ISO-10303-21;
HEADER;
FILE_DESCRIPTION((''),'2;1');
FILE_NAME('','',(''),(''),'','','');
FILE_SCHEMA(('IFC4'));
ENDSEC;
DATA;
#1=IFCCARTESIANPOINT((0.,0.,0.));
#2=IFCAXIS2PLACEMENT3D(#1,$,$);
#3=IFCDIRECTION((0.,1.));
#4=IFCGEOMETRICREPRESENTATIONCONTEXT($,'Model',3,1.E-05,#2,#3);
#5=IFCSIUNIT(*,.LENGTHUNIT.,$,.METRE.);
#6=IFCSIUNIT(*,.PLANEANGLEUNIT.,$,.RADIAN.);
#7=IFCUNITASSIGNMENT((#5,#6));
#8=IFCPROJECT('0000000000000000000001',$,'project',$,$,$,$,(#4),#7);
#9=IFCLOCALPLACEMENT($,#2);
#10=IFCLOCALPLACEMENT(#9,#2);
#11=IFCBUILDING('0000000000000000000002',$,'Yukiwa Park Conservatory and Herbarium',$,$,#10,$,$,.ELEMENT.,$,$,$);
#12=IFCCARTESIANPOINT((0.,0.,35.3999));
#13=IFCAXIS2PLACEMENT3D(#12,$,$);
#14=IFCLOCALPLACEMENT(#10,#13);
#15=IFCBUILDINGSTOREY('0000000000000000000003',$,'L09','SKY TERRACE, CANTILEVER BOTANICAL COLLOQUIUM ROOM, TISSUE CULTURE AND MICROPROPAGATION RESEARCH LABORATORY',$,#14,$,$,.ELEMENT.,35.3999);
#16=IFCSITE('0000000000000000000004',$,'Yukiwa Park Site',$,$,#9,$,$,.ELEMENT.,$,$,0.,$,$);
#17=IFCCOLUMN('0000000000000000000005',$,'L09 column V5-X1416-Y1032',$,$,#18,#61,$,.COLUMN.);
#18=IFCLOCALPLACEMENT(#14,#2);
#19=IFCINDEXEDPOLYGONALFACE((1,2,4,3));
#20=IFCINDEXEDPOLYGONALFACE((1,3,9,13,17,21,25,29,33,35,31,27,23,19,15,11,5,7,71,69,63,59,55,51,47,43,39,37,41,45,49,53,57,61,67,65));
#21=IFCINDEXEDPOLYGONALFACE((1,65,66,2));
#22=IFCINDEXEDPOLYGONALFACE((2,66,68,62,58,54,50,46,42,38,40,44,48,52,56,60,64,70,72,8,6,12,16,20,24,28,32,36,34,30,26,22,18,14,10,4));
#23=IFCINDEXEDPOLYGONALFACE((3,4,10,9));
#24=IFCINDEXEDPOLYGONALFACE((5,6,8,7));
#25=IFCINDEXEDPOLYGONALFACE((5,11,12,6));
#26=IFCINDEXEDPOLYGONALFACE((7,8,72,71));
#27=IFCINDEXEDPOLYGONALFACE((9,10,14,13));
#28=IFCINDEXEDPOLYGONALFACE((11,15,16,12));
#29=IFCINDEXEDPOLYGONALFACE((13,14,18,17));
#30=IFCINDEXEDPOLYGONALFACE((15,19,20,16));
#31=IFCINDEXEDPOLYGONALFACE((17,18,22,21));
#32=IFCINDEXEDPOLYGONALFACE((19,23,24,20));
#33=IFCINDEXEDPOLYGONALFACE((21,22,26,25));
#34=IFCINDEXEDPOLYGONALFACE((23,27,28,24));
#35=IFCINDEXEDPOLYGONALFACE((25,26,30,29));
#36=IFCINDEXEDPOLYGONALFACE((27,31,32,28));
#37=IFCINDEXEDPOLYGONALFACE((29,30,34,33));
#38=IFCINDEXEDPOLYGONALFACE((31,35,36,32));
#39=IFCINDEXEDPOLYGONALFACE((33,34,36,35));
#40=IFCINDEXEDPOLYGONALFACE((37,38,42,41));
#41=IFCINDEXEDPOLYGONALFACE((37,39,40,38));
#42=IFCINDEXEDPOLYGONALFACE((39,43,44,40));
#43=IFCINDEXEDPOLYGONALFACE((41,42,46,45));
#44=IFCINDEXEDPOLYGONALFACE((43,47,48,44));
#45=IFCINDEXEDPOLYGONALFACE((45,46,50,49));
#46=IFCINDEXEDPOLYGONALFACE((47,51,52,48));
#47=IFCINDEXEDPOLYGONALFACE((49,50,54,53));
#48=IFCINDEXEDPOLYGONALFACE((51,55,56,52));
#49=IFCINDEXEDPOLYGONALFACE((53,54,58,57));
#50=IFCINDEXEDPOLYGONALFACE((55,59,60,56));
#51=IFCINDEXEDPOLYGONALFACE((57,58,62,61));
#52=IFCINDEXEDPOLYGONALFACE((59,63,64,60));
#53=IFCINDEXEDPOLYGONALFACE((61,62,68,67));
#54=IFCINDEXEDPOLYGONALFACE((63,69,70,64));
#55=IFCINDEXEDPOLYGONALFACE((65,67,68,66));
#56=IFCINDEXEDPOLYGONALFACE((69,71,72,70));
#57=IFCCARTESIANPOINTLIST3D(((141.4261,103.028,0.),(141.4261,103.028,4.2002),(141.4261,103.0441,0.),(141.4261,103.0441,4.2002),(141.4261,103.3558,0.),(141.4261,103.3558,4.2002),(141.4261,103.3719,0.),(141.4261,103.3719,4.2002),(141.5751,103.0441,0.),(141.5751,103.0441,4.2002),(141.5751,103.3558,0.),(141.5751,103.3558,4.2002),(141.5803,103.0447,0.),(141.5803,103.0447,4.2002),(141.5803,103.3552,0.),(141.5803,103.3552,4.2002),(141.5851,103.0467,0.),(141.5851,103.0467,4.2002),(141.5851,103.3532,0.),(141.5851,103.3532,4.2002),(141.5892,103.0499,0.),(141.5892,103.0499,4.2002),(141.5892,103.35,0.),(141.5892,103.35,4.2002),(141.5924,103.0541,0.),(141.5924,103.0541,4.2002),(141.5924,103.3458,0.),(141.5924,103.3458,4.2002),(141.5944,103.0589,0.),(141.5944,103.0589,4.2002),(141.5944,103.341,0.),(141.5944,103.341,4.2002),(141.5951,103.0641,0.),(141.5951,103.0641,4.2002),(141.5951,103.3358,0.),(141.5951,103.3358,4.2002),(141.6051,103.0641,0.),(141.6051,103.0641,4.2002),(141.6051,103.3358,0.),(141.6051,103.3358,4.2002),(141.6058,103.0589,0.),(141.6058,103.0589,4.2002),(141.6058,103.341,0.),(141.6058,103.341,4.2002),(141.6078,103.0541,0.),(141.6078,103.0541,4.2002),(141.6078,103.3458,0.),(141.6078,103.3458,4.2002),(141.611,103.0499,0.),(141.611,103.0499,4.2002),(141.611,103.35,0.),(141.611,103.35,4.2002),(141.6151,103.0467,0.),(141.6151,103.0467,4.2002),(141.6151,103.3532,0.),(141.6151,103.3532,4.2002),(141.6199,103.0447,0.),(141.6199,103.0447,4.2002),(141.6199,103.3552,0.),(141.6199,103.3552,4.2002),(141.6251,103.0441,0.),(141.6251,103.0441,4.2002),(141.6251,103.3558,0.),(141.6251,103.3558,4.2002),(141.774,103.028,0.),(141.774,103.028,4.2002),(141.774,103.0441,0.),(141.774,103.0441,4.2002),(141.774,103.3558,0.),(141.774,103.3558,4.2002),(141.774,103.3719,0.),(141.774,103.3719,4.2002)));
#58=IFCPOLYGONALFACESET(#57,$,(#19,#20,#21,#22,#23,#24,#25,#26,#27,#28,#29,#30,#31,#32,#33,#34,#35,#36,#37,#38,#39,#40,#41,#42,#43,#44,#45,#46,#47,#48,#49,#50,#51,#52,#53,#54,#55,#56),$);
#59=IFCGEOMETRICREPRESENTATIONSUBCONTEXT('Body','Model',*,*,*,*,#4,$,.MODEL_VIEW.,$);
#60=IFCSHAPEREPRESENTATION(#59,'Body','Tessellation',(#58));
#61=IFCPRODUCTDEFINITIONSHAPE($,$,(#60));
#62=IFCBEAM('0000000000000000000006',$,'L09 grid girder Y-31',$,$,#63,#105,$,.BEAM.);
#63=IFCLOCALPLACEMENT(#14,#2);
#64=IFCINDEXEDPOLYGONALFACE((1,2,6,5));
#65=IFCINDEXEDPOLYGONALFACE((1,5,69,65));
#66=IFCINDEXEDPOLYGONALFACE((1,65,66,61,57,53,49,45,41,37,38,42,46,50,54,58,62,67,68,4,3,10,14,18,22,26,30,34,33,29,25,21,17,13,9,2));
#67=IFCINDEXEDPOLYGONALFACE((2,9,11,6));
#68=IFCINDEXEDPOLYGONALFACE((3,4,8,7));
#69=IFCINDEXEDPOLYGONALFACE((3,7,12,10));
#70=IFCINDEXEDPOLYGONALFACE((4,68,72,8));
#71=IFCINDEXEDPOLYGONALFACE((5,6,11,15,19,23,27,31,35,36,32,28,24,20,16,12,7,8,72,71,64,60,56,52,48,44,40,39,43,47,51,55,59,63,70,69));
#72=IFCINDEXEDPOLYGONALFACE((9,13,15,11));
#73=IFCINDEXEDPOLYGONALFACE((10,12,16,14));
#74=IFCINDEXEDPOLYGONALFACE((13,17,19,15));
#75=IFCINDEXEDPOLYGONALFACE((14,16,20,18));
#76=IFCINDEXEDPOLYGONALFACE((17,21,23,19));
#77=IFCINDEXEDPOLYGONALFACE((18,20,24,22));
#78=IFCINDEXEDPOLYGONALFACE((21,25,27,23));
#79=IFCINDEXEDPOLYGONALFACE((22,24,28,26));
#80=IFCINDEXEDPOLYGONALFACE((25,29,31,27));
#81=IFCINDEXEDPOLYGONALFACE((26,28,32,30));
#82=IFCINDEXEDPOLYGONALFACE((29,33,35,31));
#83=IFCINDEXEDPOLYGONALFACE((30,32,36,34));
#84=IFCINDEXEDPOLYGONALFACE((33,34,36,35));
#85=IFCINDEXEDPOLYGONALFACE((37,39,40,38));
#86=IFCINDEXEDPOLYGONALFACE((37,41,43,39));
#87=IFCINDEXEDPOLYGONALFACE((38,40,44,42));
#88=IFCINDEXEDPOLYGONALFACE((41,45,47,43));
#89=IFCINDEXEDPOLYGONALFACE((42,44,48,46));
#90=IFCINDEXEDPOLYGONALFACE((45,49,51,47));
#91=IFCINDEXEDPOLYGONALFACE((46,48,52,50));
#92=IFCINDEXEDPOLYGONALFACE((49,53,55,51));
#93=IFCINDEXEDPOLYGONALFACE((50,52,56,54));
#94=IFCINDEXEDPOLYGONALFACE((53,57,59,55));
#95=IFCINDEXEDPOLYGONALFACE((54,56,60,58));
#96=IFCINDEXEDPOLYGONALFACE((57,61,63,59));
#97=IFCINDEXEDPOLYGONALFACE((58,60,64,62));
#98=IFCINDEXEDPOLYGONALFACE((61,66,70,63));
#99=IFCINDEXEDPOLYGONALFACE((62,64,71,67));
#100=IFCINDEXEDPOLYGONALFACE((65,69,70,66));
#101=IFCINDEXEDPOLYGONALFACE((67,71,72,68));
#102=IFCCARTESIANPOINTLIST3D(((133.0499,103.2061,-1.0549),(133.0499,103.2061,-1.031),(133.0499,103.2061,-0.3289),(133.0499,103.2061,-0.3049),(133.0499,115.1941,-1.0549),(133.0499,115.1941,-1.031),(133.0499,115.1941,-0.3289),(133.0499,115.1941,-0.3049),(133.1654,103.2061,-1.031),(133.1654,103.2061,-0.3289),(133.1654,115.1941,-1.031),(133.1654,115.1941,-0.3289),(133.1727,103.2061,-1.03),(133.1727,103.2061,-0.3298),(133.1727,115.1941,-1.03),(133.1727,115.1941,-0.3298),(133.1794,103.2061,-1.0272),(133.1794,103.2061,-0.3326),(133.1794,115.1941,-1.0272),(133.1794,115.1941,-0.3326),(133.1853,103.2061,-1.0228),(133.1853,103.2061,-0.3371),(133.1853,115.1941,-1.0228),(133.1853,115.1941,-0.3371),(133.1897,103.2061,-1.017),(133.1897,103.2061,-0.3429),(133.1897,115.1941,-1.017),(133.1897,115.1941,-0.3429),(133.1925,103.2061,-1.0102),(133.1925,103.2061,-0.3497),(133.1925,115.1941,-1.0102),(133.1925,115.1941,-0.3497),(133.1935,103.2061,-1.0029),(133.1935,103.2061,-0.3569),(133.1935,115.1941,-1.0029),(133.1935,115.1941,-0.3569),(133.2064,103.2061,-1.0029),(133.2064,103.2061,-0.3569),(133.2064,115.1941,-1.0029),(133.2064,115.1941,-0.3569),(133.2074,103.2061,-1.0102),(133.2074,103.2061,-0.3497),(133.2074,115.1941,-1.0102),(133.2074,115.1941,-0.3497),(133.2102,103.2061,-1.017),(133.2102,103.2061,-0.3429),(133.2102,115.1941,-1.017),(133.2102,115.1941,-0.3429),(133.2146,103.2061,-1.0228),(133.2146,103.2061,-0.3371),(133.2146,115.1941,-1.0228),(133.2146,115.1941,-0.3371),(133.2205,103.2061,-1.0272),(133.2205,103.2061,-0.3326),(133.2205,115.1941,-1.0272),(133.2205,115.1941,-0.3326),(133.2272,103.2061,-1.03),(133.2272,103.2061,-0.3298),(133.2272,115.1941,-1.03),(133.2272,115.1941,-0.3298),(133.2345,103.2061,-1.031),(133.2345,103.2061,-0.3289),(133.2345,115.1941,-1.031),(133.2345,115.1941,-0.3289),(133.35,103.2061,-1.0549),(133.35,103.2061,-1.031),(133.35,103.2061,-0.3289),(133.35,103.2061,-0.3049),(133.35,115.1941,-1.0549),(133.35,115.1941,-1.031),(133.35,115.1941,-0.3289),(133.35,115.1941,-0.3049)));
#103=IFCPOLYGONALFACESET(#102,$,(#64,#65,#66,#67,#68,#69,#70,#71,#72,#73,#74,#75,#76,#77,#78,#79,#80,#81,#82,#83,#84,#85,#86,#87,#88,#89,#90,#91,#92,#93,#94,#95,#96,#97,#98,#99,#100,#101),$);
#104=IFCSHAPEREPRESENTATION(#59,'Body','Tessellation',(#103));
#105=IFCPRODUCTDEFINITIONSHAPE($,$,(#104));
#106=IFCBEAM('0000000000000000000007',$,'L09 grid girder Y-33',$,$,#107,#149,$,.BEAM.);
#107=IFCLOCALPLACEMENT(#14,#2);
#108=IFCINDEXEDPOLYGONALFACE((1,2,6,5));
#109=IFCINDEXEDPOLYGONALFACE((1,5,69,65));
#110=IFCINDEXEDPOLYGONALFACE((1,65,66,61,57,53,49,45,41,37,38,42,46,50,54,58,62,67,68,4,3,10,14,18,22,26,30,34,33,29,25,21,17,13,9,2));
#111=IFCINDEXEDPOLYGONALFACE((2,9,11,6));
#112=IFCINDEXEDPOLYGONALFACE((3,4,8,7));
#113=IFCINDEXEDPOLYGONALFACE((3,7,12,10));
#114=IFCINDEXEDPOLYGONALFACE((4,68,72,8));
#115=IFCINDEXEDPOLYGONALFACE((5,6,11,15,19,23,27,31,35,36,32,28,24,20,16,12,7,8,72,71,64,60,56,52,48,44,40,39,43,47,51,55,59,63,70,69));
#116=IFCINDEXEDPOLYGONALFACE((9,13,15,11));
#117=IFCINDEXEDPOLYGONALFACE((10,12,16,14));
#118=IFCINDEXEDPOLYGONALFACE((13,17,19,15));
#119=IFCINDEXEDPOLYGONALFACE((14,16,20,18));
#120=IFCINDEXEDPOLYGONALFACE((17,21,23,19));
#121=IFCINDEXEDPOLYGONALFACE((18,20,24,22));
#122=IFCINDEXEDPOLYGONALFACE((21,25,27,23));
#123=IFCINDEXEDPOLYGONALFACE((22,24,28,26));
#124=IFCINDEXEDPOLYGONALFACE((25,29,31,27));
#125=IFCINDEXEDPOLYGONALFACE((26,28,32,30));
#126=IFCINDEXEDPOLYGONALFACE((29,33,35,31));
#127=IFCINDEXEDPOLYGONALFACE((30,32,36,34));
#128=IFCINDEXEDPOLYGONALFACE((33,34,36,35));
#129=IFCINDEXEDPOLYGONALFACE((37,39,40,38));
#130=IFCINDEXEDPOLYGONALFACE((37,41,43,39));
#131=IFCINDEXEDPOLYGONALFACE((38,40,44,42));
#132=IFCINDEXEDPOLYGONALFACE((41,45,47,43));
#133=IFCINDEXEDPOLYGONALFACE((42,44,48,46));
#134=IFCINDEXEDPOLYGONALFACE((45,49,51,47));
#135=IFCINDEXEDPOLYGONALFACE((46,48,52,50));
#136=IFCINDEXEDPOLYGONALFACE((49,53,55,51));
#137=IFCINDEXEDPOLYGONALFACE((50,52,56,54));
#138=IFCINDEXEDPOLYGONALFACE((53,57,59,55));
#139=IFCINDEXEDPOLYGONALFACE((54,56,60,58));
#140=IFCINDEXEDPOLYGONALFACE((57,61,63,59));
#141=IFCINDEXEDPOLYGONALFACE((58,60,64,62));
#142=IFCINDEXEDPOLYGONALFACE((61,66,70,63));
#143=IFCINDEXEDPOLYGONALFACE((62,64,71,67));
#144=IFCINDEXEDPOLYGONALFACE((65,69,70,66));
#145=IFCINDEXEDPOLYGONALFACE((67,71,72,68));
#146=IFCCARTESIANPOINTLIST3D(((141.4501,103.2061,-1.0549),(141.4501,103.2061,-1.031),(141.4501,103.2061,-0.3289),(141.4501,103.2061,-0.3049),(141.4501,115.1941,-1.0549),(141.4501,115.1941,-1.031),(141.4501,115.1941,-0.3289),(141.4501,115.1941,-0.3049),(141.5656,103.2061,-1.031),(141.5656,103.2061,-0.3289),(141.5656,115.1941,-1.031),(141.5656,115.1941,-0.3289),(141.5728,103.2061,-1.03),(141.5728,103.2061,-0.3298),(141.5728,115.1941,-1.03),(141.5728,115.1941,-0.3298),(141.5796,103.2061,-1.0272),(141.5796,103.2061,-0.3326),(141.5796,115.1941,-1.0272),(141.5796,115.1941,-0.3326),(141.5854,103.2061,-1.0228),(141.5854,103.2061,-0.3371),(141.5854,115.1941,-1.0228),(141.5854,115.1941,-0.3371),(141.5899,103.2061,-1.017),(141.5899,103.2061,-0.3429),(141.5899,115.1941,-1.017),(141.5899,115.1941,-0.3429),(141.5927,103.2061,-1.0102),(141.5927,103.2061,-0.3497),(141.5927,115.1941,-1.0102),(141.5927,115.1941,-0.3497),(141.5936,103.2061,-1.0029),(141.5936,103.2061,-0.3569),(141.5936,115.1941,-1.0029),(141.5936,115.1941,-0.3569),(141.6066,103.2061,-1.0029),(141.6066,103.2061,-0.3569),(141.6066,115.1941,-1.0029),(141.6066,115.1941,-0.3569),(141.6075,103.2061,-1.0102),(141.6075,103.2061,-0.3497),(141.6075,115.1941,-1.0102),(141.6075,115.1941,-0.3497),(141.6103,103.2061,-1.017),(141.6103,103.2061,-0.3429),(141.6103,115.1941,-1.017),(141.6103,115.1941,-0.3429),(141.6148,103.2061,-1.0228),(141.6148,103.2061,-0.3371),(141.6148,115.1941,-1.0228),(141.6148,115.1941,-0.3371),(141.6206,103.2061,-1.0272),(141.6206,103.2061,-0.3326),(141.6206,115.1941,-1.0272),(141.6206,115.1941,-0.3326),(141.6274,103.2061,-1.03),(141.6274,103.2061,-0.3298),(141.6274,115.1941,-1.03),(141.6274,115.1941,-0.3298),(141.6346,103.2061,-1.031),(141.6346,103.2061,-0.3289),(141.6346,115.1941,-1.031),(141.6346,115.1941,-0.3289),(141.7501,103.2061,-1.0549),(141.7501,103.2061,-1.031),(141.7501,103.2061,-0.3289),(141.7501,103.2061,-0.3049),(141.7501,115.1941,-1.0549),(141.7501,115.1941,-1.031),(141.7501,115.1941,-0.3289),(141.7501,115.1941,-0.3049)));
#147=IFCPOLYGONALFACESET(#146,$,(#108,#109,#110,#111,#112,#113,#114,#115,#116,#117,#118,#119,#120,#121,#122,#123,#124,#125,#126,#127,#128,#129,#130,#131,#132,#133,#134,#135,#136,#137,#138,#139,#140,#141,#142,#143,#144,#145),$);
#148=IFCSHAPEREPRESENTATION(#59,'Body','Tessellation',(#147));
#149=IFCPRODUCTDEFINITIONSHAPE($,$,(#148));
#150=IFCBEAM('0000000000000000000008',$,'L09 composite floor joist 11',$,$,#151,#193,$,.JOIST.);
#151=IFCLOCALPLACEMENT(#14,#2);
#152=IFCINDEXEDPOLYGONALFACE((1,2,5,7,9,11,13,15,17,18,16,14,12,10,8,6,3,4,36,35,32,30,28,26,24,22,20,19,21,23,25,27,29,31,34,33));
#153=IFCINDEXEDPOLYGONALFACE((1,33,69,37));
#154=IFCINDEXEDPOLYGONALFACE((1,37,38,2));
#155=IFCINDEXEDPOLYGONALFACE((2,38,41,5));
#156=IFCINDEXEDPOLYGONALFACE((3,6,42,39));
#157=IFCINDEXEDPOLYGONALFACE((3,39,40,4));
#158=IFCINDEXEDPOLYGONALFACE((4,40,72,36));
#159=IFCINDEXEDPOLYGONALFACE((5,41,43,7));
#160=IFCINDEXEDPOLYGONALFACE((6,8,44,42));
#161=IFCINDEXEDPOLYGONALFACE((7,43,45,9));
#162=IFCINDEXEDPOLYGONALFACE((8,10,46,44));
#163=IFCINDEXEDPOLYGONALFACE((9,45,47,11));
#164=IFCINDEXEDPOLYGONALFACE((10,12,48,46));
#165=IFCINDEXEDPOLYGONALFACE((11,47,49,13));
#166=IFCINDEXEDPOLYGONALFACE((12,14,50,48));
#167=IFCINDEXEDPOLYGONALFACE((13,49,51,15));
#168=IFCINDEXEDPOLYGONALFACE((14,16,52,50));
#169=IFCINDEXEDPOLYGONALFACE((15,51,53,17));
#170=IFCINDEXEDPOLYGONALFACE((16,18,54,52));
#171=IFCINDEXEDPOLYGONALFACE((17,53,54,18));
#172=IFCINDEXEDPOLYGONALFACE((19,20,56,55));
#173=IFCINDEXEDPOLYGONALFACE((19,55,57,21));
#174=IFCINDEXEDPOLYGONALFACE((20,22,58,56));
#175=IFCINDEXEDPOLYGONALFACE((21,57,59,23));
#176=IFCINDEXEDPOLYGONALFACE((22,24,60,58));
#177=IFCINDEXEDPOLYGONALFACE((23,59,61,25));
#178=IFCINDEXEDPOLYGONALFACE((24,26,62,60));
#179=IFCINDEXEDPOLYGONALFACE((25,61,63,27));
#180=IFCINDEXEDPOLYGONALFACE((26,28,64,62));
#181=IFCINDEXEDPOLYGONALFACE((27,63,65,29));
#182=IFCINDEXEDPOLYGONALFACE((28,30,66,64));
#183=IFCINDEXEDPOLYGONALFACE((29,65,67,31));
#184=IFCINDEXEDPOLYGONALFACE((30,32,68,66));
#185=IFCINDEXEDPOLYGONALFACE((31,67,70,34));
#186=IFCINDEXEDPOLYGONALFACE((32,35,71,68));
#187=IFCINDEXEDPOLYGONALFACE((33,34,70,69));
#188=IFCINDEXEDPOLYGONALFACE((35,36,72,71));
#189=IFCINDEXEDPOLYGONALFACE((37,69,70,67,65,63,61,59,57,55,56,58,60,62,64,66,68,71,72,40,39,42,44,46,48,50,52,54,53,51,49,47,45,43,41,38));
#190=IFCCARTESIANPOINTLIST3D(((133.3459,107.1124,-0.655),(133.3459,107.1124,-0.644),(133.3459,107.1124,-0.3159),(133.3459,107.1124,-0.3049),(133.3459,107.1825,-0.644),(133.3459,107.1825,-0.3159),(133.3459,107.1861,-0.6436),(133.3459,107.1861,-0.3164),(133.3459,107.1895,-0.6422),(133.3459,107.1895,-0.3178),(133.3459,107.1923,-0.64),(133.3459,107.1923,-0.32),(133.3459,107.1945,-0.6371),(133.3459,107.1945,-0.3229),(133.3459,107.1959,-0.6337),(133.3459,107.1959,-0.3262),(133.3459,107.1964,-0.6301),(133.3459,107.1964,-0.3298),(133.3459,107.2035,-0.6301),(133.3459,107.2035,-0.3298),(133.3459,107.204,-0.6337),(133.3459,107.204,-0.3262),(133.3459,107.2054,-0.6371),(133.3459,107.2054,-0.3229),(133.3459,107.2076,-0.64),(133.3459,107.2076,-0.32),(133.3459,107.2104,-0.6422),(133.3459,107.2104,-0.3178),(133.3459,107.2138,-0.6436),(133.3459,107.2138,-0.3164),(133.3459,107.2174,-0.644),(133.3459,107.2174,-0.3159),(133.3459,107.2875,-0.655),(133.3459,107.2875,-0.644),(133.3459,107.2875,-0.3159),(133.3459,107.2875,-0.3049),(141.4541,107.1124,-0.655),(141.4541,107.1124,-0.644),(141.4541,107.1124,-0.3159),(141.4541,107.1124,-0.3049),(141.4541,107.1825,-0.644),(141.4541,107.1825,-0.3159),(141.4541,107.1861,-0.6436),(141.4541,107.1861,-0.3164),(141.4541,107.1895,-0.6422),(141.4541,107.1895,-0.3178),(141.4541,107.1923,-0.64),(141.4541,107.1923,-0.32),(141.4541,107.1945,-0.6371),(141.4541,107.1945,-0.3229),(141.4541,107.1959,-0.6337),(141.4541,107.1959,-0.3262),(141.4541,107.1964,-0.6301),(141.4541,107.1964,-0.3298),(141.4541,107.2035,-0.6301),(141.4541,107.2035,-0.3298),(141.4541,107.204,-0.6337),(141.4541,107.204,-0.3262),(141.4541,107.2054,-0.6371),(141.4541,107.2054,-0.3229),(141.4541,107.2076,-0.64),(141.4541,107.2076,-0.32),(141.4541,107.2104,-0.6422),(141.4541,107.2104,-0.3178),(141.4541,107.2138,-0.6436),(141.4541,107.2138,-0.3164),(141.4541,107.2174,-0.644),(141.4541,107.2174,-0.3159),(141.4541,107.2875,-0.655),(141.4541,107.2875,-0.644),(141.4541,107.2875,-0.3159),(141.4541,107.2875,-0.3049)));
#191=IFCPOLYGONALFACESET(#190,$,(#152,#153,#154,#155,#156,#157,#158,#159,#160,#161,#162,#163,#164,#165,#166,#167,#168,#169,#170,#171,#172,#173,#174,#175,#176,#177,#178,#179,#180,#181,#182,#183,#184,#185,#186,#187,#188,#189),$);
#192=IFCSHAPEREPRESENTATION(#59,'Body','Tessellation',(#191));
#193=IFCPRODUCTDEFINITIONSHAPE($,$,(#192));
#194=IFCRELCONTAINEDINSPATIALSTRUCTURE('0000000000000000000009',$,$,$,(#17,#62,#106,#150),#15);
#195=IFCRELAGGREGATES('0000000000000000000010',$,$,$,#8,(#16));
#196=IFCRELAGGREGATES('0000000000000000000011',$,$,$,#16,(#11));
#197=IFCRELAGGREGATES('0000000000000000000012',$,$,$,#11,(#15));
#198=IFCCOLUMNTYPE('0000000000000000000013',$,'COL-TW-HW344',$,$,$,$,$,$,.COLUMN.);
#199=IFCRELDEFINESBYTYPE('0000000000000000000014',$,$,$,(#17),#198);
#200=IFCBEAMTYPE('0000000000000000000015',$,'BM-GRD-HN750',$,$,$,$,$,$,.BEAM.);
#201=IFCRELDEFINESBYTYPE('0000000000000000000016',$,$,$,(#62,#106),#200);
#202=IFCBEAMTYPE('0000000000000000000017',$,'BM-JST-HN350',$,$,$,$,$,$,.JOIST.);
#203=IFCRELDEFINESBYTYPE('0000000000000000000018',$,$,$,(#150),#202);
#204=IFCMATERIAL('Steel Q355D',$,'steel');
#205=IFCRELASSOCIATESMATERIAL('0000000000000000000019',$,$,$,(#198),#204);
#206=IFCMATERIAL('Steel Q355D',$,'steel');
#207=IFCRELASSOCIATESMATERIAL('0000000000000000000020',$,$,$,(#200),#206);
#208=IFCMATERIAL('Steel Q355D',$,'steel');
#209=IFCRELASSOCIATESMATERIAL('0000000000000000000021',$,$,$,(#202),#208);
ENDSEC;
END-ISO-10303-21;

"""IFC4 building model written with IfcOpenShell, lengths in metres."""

from ifc_helpers import new_model, si_unit, direction, frame, origin, origin_2d, place, context, subcontext, project, spatial, i_section, extrude, material, material_profile, profile_set, type_object, element, save


model = new_model("IFC4")

# Units and contexts
model_context = context("Model", 3, precision=1e-05, world=origin(), true_north=direction((0.0, 1.0)))
body_context = subcontext(model_context, "Body", "Model", "MODEL_VIEW")
ifc_project = project(units=[si_unit("LENGTHUNIT", "METRE"), si_unit("PLANEANGLEUNIT", "RADIAN")], contexts=[model_context])

# Site, building, storey
site_placement = place(None, origin())
site = spatial("IfcSite", under=ifc_project, at=site_placement, Name="Yukiwa Park Site", CompositionType="ELEMENT", RefElevation=0.0)
building_placement = place(site_placement, origin())
building = spatial("IfcBuilding", under=site, at=building_placement, Name="Yukiwa Park Conservatory and Herbarium", CompositionType="ELEMENT")
storey_placement = place(building_placement, frame((0.0, 0.0, 35.3999)))
storey = spatial("IfcBuildingStorey", under=building, at=storey_placement, Name="L09", Description="SKY TERRACE, CANTILEVER BOTANICAL COLLOQUIUM ROOM, TISSUE CULTURE AND MICROPROPAGATION RESEARCH LABORATORY", CompositionType="ELEMENT", Elevation=35.3999)

# Column
ifc_material_1 = material(Name="Steel Q355D", Category="steel")
ifc_material_profile_1 = material_profile(ifc_material_1, i_section(OverallWidth=0.3479, OverallDepth=0.344, WebThickness=0.01, FlangeThickness=0.0161, FilletRadius=0.02, at=origin_2d()), Name="HW 344x348x10x16")
ifc_profile_set_1 = profile_set([ifc_material_profile_1], Name="Steel Q355D")
column_type_1 = type_object("IfcColumnType", Name="COL-TW-HW344", PredefinedType="COLUMN", material=ifc_profile_set_1)
for number, where, z_axis, x_axis, name in (
    (1, (141.6001, 103.2, 0.0), (0.0, 0.0, 1.0), (1.0, 0.0, 0.0), "L09 column V5-X1416-Y1032"),
):
    element("IfcColumn", number, at=place(storey_placement, frame(where, z_axis=z_axis, x_axis=x_axis)), inside=storey, type_object=column_type_1, Name=name, PredefinedType="COLUMN", context=body_context, shape_type="SweptSolid", body=[
        extrude(i_section(OverallWidth=0.3479, OverallDepth=0.344, WebThickness=0.01, FlangeThickness=0.0161, FilletRadius=0.02, at=origin_2d()), origin(), (0.0, 0.0, 1.0), 4.2002),
    ])

# Beams
ifc_material_2 = material(Name="Steel Q355D", Category="steel")
ifc_material_profile_2 = material_profile(ifc_material_2, i_section(OverallWidth=0.3, OverallDepth=0.75, WebThickness=0.0129, FlangeThickness=0.0239, FilletRadius=0.0281, at=origin_2d()), Name="HN 750x300x13x24")
ifc_profile_set_2 = profile_set([ifc_material_profile_2], Name="Steel Q355D")
beam_type_1 = type_object("IfcBeamType", Name="BM-GRD-HN750", PredefinedType="BEAM", material=ifc_profile_set_2)
for number, where, z_axis, x_axis, name in (
    (2, (133.2, 103.2061, -0.6799), (0.0, 1.0, 0.0), (-1.0, 0.0, 0.0), "L09 grid girder Y-31"),
    (3, (141.6001, 103.2061, -0.6799), (0.0, 1.0, 0.0), (-1.0, 0.0, 0.0), "L09 grid girder Y-33"),
):
    element("IfcBeam", number, at=place(storey_placement, frame(where, z_axis=z_axis, x_axis=x_axis)), inside=storey, type_object=beam_type_1, Name=name, PredefinedType="BEAM", context=body_context, shape_type="SweptSolid", body=[
        extrude(i_section(OverallWidth=0.3, OverallDepth=0.75, WebThickness=0.0129, FlangeThickness=0.0239, FilletRadius=0.0281, at=origin_2d()), origin(), (0.0, 0.0, 1.0), 11.988),
    ])
ifc_material_3 = material(Name="Steel Q355D", Category="steel")
ifc_material_profile_3 = material_profile(ifc_material_3, i_section(OverallWidth=0.175, OverallDepth=0.3501, WebThickness=0.0071, FlangeThickness=0.011, FilletRadius=0.0139, at=origin_2d()), Name="HN 350x175x7x11")
ifc_profile_set_3 = profile_set([ifc_material_profile_3], Name="Steel Q355D")
beam_type_2 = type_object("IfcBeamType", Name="BM-JST-HN350", PredefinedType="JOIST", material=ifc_profile_set_3)
for number, where, z_axis, x_axis, name in (
    (4, (133.3459, 107.2, -0.48), (1.0, 0.0, 0.0), (0.0, 1.0, 0.0), "L09 composite floor joist 11"),
):
    element("IfcBeam", number, at=place(storey_placement, frame(where, z_axis=z_axis, x_axis=x_axis)), inside=storey, type_object=beam_type_2, Name=name, PredefinedType="JOIST", context=body_context, shape_type="SweptSolid", body=[
        extrude(i_section(OverallWidth=0.175, OverallDepth=0.3501, WebThickness=0.0071, FlangeThickness=0.011, FilletRadius=0.0139, at=origin_2d()), origin(), (0.0, 0.0, 1.0), 8.1082),
    ])

save(model, "model.ifc")
